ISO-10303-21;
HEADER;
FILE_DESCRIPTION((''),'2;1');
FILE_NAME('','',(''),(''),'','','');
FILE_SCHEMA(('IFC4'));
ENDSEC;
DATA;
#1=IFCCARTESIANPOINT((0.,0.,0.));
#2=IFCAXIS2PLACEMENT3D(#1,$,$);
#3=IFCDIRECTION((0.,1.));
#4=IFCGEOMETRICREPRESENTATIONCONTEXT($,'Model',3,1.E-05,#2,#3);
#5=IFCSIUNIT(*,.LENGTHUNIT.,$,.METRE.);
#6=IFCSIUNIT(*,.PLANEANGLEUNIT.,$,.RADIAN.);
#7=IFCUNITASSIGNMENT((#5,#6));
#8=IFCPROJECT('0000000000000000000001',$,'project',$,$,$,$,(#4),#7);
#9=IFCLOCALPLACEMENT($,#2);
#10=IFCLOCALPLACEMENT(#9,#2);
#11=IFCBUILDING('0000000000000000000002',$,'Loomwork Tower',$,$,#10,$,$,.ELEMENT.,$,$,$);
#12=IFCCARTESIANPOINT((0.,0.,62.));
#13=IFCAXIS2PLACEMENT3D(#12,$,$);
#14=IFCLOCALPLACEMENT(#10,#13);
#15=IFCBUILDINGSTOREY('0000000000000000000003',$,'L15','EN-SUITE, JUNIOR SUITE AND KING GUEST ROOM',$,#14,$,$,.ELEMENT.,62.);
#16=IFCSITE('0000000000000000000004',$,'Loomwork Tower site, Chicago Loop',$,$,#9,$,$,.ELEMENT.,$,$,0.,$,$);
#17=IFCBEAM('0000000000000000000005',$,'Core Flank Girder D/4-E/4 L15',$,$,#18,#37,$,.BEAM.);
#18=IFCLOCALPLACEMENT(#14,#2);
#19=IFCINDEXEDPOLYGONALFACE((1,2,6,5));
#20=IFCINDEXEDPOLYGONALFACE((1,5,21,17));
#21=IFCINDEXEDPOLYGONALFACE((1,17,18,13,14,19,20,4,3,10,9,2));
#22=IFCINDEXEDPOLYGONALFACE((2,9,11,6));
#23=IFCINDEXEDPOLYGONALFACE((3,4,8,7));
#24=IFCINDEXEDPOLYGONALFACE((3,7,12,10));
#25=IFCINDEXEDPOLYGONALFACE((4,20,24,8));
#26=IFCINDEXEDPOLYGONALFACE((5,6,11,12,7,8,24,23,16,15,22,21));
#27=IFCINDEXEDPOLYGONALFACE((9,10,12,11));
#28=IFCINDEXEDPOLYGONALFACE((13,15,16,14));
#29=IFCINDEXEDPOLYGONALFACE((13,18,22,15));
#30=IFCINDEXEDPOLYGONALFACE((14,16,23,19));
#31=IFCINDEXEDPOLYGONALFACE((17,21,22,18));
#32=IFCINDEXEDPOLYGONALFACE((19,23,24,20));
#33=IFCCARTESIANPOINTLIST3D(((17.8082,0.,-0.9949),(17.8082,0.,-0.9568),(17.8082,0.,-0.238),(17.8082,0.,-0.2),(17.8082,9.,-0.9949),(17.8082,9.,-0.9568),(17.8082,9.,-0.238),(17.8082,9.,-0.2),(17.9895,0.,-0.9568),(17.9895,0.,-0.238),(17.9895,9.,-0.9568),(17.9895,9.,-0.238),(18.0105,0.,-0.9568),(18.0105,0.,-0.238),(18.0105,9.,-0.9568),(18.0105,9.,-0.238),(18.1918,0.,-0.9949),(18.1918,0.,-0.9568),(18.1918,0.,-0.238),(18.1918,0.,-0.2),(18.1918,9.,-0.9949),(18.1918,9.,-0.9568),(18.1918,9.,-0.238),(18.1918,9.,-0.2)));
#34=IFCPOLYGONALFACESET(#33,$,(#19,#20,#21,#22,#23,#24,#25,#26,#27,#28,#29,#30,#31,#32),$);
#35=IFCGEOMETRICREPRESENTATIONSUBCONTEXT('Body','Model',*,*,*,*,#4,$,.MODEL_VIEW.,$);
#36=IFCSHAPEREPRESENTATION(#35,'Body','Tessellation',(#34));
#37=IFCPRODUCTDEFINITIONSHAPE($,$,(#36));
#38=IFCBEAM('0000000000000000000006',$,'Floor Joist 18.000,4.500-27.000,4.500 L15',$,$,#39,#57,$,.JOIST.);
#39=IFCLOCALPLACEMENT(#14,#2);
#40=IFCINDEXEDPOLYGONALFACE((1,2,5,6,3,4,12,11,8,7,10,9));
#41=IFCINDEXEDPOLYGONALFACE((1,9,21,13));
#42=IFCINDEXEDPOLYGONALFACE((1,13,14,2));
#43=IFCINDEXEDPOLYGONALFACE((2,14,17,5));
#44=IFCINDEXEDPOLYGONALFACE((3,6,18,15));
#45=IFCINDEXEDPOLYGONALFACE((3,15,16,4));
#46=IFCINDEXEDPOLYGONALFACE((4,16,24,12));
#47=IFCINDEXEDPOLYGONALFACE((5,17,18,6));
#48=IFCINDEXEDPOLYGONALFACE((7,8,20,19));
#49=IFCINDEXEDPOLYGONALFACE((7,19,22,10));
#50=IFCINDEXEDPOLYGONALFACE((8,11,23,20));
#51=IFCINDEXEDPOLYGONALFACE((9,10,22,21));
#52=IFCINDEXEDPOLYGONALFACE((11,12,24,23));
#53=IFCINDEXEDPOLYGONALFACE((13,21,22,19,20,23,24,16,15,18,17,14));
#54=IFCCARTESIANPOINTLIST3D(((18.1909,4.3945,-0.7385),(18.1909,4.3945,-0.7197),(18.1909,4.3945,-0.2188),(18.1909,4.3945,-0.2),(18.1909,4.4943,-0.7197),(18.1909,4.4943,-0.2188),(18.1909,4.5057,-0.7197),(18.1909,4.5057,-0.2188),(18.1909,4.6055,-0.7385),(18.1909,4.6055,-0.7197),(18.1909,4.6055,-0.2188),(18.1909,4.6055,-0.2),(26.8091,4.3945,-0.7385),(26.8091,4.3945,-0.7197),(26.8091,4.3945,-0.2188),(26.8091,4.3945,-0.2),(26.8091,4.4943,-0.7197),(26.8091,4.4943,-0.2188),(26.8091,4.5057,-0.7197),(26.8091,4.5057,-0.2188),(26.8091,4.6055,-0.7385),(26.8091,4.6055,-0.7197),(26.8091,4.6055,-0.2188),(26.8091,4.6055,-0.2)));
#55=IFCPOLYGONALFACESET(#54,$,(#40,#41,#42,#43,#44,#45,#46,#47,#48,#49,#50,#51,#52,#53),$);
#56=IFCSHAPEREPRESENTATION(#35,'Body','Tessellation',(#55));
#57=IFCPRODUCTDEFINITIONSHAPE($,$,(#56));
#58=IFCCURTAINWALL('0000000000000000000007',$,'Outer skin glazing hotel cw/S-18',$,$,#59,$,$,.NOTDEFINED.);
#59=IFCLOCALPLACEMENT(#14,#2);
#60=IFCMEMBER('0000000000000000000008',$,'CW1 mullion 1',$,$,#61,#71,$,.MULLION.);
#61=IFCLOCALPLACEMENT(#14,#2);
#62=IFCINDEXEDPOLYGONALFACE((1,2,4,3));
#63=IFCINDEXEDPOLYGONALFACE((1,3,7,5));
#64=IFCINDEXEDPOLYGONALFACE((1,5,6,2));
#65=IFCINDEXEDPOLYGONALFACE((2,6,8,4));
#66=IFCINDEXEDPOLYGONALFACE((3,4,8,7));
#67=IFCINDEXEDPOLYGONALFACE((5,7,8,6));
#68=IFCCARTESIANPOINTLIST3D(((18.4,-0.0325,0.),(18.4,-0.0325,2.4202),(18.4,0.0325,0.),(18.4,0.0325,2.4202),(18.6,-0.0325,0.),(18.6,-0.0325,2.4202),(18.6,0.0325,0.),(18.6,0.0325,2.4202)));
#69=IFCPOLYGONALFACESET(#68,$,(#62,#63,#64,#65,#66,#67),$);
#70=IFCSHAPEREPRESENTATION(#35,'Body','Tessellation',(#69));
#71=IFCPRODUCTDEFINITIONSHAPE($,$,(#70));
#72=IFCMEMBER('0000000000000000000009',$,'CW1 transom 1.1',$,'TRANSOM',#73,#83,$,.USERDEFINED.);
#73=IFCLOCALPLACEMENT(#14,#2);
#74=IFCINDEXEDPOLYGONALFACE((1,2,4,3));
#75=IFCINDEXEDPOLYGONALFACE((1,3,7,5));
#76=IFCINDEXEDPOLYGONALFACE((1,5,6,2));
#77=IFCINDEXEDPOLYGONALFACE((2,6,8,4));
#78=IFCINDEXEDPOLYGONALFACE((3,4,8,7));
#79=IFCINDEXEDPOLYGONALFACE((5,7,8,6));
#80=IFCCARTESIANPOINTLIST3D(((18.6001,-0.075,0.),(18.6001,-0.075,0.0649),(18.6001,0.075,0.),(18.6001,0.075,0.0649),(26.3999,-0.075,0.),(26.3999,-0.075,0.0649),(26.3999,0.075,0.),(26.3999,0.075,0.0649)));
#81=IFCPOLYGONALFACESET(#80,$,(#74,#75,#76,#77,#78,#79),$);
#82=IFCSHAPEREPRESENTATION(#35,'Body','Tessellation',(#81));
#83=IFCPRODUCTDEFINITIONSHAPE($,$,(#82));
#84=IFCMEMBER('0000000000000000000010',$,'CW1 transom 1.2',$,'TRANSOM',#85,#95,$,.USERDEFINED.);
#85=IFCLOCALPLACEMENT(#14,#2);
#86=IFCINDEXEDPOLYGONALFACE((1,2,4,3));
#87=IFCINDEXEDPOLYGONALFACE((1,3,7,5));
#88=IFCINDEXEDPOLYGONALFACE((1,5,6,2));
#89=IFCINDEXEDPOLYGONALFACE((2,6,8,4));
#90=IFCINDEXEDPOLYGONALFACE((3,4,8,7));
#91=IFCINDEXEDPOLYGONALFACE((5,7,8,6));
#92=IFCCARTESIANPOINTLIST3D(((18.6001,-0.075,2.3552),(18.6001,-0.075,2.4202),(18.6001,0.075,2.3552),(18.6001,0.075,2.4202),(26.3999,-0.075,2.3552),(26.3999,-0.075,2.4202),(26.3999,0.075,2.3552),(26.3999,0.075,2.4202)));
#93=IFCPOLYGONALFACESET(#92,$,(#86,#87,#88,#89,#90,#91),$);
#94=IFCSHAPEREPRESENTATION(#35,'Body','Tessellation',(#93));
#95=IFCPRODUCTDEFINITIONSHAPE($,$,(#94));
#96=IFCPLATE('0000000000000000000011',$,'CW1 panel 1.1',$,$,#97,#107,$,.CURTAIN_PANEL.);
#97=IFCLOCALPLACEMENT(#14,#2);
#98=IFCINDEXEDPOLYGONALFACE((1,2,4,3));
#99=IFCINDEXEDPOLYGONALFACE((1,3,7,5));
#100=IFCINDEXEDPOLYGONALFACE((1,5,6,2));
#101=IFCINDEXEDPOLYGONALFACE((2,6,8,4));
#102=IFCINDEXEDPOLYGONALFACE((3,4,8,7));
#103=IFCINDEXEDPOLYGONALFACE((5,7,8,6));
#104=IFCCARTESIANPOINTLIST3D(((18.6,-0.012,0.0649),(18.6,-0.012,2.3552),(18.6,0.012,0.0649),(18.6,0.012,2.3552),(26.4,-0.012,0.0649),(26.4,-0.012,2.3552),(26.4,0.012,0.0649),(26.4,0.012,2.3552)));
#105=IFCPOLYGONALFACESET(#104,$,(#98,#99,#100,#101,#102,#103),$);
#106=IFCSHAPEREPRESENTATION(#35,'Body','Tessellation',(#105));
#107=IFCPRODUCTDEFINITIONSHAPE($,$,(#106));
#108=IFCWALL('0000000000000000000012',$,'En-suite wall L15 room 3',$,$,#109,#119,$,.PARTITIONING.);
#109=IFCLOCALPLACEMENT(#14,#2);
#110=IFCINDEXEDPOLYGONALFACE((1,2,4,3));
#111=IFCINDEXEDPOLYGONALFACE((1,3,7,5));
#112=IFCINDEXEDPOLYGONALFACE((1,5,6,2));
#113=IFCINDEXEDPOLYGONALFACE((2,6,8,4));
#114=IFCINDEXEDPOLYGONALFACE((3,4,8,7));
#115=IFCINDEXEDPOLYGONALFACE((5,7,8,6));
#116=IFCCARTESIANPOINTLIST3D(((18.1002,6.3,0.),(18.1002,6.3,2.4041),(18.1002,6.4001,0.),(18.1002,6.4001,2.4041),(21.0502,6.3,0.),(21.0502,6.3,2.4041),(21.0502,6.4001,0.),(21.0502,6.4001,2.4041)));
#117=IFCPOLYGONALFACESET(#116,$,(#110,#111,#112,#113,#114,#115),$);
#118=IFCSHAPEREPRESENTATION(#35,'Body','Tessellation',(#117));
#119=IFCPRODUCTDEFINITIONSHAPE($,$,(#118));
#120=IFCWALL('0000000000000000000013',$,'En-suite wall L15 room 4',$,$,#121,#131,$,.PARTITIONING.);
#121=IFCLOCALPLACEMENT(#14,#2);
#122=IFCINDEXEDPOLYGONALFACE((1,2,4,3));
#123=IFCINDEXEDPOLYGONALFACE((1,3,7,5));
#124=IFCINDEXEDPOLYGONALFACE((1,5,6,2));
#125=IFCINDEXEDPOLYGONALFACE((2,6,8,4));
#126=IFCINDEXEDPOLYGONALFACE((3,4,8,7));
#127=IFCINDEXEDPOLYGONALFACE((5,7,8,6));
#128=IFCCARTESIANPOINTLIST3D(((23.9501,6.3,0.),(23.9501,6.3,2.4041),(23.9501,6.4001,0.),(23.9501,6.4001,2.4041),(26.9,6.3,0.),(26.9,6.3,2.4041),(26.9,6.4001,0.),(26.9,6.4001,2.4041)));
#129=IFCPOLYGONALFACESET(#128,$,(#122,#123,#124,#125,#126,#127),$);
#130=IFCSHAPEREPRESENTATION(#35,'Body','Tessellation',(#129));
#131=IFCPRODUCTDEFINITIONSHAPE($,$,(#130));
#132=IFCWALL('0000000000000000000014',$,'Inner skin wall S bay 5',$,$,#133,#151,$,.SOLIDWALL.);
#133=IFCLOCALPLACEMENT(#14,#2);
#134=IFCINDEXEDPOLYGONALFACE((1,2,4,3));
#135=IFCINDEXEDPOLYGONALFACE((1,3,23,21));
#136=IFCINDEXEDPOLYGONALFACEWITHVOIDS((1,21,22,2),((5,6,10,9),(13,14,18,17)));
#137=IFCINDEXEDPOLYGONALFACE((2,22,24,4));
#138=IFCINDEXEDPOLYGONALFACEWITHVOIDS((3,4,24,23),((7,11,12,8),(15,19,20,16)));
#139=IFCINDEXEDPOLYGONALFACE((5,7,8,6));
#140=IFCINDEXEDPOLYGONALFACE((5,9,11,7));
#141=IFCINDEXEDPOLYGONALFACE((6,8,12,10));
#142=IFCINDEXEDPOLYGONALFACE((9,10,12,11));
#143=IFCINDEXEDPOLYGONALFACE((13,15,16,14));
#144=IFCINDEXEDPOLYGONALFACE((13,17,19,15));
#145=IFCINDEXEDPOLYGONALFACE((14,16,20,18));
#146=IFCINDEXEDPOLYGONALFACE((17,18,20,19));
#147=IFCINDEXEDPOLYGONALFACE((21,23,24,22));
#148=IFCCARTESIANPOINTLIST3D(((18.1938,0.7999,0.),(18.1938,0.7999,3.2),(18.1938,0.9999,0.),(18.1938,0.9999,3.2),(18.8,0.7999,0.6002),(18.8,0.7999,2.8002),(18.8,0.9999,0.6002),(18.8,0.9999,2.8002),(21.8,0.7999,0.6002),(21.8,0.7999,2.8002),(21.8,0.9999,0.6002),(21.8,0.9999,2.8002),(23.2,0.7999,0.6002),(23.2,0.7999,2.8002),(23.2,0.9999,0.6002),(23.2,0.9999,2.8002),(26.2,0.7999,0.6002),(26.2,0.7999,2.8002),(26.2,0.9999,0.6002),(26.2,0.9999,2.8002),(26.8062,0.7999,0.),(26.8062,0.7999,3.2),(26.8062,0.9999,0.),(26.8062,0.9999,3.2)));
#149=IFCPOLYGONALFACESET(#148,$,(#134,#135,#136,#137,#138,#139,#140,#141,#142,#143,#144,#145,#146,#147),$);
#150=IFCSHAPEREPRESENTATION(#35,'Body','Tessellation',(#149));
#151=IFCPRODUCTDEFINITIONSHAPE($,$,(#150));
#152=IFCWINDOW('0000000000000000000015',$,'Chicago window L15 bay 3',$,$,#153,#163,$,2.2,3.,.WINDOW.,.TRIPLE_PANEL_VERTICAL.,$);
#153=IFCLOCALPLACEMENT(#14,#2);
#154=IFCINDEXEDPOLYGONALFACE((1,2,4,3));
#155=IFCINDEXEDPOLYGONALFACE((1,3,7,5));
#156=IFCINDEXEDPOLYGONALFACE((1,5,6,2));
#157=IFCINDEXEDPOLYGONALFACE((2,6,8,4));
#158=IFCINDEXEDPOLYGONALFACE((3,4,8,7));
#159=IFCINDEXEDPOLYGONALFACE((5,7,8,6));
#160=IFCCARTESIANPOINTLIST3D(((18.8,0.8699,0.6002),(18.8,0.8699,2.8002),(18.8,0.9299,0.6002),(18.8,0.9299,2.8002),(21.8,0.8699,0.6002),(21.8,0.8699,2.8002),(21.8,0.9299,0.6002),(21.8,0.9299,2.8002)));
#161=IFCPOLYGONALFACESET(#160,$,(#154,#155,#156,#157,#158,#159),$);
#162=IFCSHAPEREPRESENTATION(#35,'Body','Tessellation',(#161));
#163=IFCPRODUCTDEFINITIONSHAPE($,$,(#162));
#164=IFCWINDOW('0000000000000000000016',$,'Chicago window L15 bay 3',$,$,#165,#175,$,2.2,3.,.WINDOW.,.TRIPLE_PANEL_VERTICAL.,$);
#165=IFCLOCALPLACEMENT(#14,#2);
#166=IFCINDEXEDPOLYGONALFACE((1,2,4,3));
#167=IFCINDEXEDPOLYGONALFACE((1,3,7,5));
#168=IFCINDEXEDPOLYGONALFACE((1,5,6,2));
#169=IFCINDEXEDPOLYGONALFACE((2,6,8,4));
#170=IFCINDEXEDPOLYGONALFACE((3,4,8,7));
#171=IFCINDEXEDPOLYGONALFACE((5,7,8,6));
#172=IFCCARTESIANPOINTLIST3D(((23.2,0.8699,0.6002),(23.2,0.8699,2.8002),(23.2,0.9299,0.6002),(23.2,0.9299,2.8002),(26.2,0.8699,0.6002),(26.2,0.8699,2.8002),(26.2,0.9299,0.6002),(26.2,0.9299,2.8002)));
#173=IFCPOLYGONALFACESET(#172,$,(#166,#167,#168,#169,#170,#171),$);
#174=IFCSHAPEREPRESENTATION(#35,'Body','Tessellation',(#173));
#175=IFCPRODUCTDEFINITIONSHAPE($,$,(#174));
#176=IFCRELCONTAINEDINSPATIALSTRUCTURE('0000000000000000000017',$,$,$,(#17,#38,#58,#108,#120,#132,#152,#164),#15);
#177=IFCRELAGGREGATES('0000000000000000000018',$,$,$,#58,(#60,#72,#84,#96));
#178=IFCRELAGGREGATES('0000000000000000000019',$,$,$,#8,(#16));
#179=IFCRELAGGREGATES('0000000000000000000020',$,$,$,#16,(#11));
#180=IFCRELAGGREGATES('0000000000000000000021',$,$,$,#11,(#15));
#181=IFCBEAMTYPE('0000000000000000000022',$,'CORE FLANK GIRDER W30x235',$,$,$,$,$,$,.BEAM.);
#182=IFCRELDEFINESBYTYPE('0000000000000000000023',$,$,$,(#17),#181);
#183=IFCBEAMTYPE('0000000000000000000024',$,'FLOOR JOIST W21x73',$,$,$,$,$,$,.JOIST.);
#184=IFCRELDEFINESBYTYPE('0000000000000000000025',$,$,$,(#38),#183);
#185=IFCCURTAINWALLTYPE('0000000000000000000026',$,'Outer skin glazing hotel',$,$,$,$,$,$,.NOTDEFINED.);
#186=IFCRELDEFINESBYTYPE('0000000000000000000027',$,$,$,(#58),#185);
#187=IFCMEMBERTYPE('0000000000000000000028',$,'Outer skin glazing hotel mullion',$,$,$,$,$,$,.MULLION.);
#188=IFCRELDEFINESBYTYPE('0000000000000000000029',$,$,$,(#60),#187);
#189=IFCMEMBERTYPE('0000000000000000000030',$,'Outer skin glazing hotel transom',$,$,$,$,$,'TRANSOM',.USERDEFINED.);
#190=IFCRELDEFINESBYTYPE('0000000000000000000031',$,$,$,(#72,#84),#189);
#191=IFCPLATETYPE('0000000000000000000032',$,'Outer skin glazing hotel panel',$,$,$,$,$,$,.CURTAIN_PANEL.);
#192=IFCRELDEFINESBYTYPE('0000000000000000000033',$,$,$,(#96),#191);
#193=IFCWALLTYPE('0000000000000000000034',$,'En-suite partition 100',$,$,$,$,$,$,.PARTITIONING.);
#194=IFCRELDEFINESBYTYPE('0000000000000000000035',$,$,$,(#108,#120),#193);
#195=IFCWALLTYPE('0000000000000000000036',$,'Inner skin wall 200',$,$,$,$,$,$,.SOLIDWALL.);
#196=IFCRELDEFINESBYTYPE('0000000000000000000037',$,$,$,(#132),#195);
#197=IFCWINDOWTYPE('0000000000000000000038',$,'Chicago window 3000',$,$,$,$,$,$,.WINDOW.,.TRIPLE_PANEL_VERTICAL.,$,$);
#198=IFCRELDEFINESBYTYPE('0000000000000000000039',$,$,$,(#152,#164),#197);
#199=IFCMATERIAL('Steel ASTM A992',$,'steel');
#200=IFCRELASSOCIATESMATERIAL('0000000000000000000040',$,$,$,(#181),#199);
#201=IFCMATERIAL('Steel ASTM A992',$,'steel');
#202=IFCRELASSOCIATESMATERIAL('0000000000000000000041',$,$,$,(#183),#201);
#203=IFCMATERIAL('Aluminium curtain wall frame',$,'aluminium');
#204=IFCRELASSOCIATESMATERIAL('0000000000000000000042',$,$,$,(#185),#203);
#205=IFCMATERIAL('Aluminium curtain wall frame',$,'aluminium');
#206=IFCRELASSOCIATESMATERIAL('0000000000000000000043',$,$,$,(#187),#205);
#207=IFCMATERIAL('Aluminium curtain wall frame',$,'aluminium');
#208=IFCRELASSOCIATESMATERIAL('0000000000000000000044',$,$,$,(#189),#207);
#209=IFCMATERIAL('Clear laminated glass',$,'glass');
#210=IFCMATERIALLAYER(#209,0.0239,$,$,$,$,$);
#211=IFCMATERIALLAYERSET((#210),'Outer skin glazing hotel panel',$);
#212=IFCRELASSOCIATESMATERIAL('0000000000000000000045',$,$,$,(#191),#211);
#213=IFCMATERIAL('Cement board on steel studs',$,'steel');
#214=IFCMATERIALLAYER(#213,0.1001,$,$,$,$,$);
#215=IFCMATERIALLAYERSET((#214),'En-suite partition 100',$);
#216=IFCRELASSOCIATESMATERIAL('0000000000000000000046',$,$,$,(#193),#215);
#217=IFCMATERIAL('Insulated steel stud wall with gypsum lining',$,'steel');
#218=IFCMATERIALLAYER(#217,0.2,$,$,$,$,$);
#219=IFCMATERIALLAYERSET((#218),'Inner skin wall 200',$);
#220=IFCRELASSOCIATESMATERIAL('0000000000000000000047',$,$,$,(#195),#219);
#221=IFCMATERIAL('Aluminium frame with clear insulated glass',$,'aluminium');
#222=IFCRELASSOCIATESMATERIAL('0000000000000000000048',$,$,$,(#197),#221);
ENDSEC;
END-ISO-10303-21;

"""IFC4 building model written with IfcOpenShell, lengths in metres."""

from ifc_helpers import new_model, si_unit, direction, frame, frame_2d, origin, origin_2d, place, context, subcontext, project, spatial, rectangle, i_section, extrude, material, layer, layer_set, material_profile, profile_set, type_object, element, fill, aggregate, save


model = new_model("IFC4")

# Units and contexts
model_context = context("Model", 3, precision=1e-05, world=origin(), true_north=direction((0.0, 1.0)))
body_context = subcontext(model_context, "Body", "Model", "MODEL_VIEW")
ifc_project = project(units=[si_unit("LENGTHUNIT", "METRE"), si_unit("PLANEANGLEUNIT", "RADIAN")], contexts=[model_context])

# Site, building, storey
site_placement = place(None, origin())
site = spatial("IfcSite", under=ifc_project, at=site_placement, Name="Loomwork Tower site, Chicago Loop", CompositionType="ELEMENT", RefElevation=0.0)
building_placement = place(site_placement, origin())
building = spatial("IfcBuilding", under=site, at=building_placement, Name="Loomwork Tower", CompositionType="ELEMENT")
storey_placement = place(building_placement, frame((0.0, 0.0, 62.0)))
storey = spatial("IfcBuildingStorey", under=building, at=storey_placement, Name="L15", Description="EN-SUITE, JUNIOR SUITE AND KING GUEST ROOM", CompositionType="ELEMENT", Elevation=62.0)

# Beams
ifc_material_1 = material(Name="Steel ASTM A992", Category="steel")
ifc_material_profile_1 = material_profile(ifc_material_1, i_section(OverallWidth=0.3835, OverallDepth=0.7949, WebThickness=0.021, FlangeThickness=0.0381, at=origin_2d()), Name="W30x235")
ifc_profile_set_1 = profile_set([ifc_material_profile_1], Name="Steel ASTM A992")
beam_type_1 = type_object("IfcBeamType", Name="CORE FLANK GIRDER W30x235", PredefinedType="BEAM", material=ifc_profile_set_1)
beam_1_placement = place(storey_placement, frame((18.0, 0.0, -0.5974), z_axis=(0.0, 1.0, 0.0), x_axis=(-1.0, 0.0, 0.0)))
element("IfcBeam", 1, at=beam_1_placement, inside=storey, type_object=beam_type_1, Name="Core Flank Girder D/4-E/4 L15", PredefinedType="BEAM", context=body_context, shape_type="SweptSolid", body=[
    extrude(i_section(OverallWidth=0.3835, OverallDepth=0.7949, WebThickness=0.021, FlangeThickness=0.0381, at=origin_2d()), origin(), (0.0, 0.0, 1.0), 9.0),
])
ifc_material_2 = material(Name="Steel ASTM A992", Category="steel")
ifc_material_profile_2 = material_profile(ifc_material_2, i_section(OverallWidth=0.2109, OverallDepth=0.5386, WebThickness=0.0115, FlangeThickness=0.0188, at=origin_2d()), Name="W21x73")
ifc_profile_set_2 = profile_set([ifc_material_profile_2], Name="Steel ASTM A992")
beam_type_2 = type_object("IfcBeamType", Name="FLOOR JOIST W21x73", PredefinedType="JOIST", material=ifc_profile_set_2)
beam_2_placement = place(storey_placement, frame((18.1909, 4.5, -0.4692), z_axis=(1.0, 0.0, 0.0), x_axis=(0.0, 1.0, 0.0)))
element("IfcBeam", 2, at=beam_2_placement, inside=storey, type_object=beam_type_2, Name="Floor Joist 18.000,4.500-27.000,4.500 L15", PredefinedType="JOIST", context=body_context, shape_type="SweptSolid", body=[
    extrude(i_section(OverallWidth=0.2109, OverallDepth=0.5386, WebThickness=0.0115, FlangeThickness=0.0188, at=origin_2d()), origin(), (0.0, 0.0, 1.0), 8.6182),
])

# Curtain wall, members, plate
ifc_material_3 = material(Name="Aluminium curtain wall frame", Category="aluminium")
curtain_wall_type = type_object("IfcCurtainWallType", Name="Outer skin glazing hotel", PredefinedType="NOTDEFINED", material=ifc_material_3)
curtain_wall_placement = place(storey_placement, origin())
curtain_wall = element("IfcCurtainWall", 3, at=curtain_wall_placement, inside=storey, type_object=curtain_wall_type, Name="Outer skin glazing hotel cw/S-18", PredefinedType="NOTDEFINED")
ifc_material_4 = material(Name="Aluminium curtain wall frame", Category="aluminium")
ifc_material_profile_3 = material_profile(ifc_material_4, rectangle(XDim=0.0649, YDim=0.2, at=origin_2d()), Name="AL 65x200")
ifc_profile_set_3 = profile_set([ifc_material_profile_3], Name="Aluminium curtain wall frame")
member_type_1 = type_object("IfcMemberType", Name="Outer skin glazing hotel mullion", PredefinedType="MULLION", material=ifc_profile_set_3)
member_1_placement = place(storey_placement, frame((18.5, 0.0, 0.0), z_axis=(0.0, 0.0, 1.0), x_axis=(0.0, 1.0, 0.0)))
member_1 = element("IfcMember", 4, at=member_1_placement, type_object=member_type_1, Name="CW1 mullion 1", PredefinedType="MULLION", context=body_context, shape_type="SweptSolid", body=[
    extrude(rectangle(XDim=0.0649, YDim=0.2, at=origin_2d()), origin(), (0.0, 0.0, 1.0), 2.4202),
])
ifc_material_5 = material(Name="Aluminium curtain wall frame", Category="aluminium")
ifc_material_profile_4 = material_profile(ifc_material_5, rectangle(XDim=0.1499, YDim=0.0649, at=origin_2d()), Name="AL 65x150")
ifc_profile_set_4 = profile_set([ifc_material_profile_4], Name="Aluminium curtain wall frame")
member_type_2 = type_object("IfcMemberType", Name="Outer skin glazing hotel transom", ElementType="TRANSOM", PredefinedType="USERDEFINED", material=ifc_profile_set_4)
member_2_placement = place(storey_placement, frame((18.6001, 0.0, 0.0325), z_axis=(1.0, 0.0, 0.0), x_axis=(0.0, 1.0, 0.0)))
member_2 = element("IfcMember", 5, at=member_2_placement, type_object=member_type_2, Name="CW1 transom 1.1", ObjectType="TRANSOM", PredefinedType="USERDEFINED", context=body_context, shape_type="SweptSolid", body=[
    extrude(rectangle(XDim=0.1499, YDim=0.0649, at=origin_2d()), origin(), (0.0, 0.0, 1.0), 7.7998),
])
member_3_placement = place(storey_placement, frame((18.6001, 0.0, 2.3877), z_axis=(1.0, 0.0, 0.0), x_axis=(0.0, 1.0, 0.0)))
member_3 = element("IfcMember", 6, at=member_3_placement, type_object=member_type_2, Name="CW1 transom 1.2", ObjectType="TRANSOM", PredefinedType="USERDEFINED", context=body_context, shape_type="SweptSolid", body=[
    extrude(rectangle(XDim=0.1499, YDim=0.0649, at=origin_2d()), origin(), (0.0, 0.0, 1.0), 7.7998),
])
ifc_material_6 = material(Name="Clear laminated glass", Category="glass")
ifc_layer_1 = layer(ifc_material_6, 0.0239)
ifc_layer_set_1 = layer_set([ifc_layer_1], Name="Outer skin glazing hotel panel")
plate_type = type_object("IfcPlateType", Name="Outer skin glazing hotel panel", PredefinedType="CURTAIN_PANEL", material=ifc_layer_set_1)
plate_placement = place(storey_placement, frame((22.5, 0.0, 0.0649), z_axis=(0.0, 0.0, 1.0), x_axis=(1.0, 0.0, 0.0)))
plate = element("IfcPlate", 7, at=plate_placement, type_object=plate_type, Name="CW1 panel 1.1", PredefinedType="CURTAIN_PANEL", context=body_context, shape_type="SweptSolid", body=[
    extrude(rectangle(XDim=7.8, YDim=0.0239, at=origin_2d()), origin(), (0.0, 0.0, 1.0), 2.2903),
])
aggregate(curtain_wall, [member_1, member_2, member_3, plate])

# Walls
ifc_material_7 = material(Name="Cement board on steel studs", Category="steel")
ifc_layer_2 = layer(ifc_material_7, 0.1001)
ifc_layer_set_2 = layer_set([ifc_layer_2], Name="En-suite partition 100")
wall_type_1 = type_object("IfcWallType", Name="En-suite partition 100", PredefinedType="PARTITIONING", material=ifc_layer_set_2)
for number, where, z_axis, x_axis, name in (
    (8, (18.1001, 6.3501, 0.0), (0.0, 0.0, 1.0), (1.0, 0.0, 0.0), "En-suite wall L15 room 3"),
    (9, (23.95, 6.3501, 0.0), (0.0, 0.0, 1.0), (1.0, 0.0, 0.0), "En-suite wall L15 room 4"),
):
    element("IfcWall", number, at=place(storey_placement, frame(where, z_axis=z_axis, x_axis=x_axis)), inside=storey, type_object=wall_type_1, Name=name, PredefinedType="PARTITIONING", context=body_context, shape_type="SweptSolid", body=[
        extrude(rectangle(XDim=2.95, YDim=0.1001, at=frame_2d((1.4751, 0.0))), origin(), (0.0, 0.0, 1.0), 2.4041),
    ])

# Wall, openings, windows
ifc_material_8 = material(Name="Insulated steel stud wall with gypsum lining", Category="steel")
ifc_layer_3 = layer(ifc_material_8, 0.2)
ifc_layer_set_3 = layer_set([ifc_layer_3], Name="Inner skin wall 200")
wall_type_2 = type_object("IfcWallType", Name="Inner skin wall 200", PredefinedType="SOLIDWALL", material=ifc_layer_set_3)
wall_placement = place(storey_placement, frame((18.1938, 0.8999, 0.0), z_axis=(0.0, 0.0, 1.0), x_axis=(1.0, 0.0, 0.0)))
wall = element("IfcWall", 10, at=wall_placement, inside=storey, type_object=wall_type_2, Name="Inner skin wall S bay 5", PredefinedType="SOLIDWALL", context=body_context, shape_type="SweptSolid", body=[
    extrude(rectangle(XDim=8.6123, YDim=0.2, at=frame_2d((4.3062, 0.0))), origin(), (0.0, 0.0, 1.0), 3.2),
])
opening_1_placement = place(wall_placement, frame((0.6062, 0.0, 0.6001)))
opening_1 = element("IfcOpeningElement", 11, at=opening_1_placement, cuts=wall, PredefinedType="OPENING", context=body_context, shape_type="SweptSolid", body=[
    extrude(rectangle(XDim=3.0, YDim=2.2, at=frame_2d((1.5, 1.1001))), frame((0.0, 0.1099, 0.0), z_axis=(0.0, -1.0, 0.0), x_axis=(1.0, 0.0, 0.0)), (0.0, 0.0, 1.0), 0.22),
])
opening_2_placement = place(wall_placement, frame((5.0061, 0.0, 0.6001)))
opening_2 = element("IfcOpeningElement", 12, at=opening_2_placement, cuts=wall, PredefinedType="OPENING", context=body_context, shape_type="SweptSolid", body=[
    extrude(rectangle(XDim=3.0, YDim=2.2, at=frame_2d((1.5, 1.1001))), frame((0.0, 0.1099, 0.0), z_axis=(0.0, -1.0, 0.0), x_axis=(1.0, 0.0, 0.0)), (0.0, 0.0, 1.0), 0.22),
])
ifc_material_9 = material(Name="Aluminium frame with clear insulated glass", Category="aluminium")
window_type = type_object("IfcWindowType", Name="Chicago window 3000", PartitioningType="TRIPLE_PANEL_VERTICAL", PredefinedType="WINDOW", material=ifc_material_9)
window_1_placement = place(opening_1_placement, origin())
window_1 = element("IfcWindow", 13, at=window_1_placement, inside=storey, type_object=window_type, Name="Chicago window L15 bay 3", OverallHeight=2.2, OverallWidth=3.0, PartitioningType="TRIPLE_PANEL_VERTICAL", PredefinedType="WINDOW", context=body_context, shape_type="SweptSolid", body=[
    extrude(rectangle(XDim=3.0, YDim=2.2, at=frame_2d((1.5, 1.1001))), frame((0.0, 0.03, 0.0), z_axis=(0.0, -1.0, 0.0), x_axis=(1.0, 0.0, 0.0)), (0.0, 0.0, 1.0), 0.0601),
])
fill(opening_1, window_1)
window_2_placement = place(opening_2_placement, origin())
window_2 = element("IfcWindow", 14, at=window_2_placement, inside=storey, type_object=window_type, Name="Chicago window L15 bay 3", OverallHeight=2.2, OverallWidth=3.0, PartitioningType="TRIPLE_PANEL_VERTICAL", PredefinedType="WINDOW", context=body_context, shape_type="SweptSolid", body=[
    extrude(rectangle(XDim=3.0, YDim=2.2, at=frame_2d((1.5, 1.1001))), frame((0.0, 0.03, 0.0), z_axis=(0.0, -1.0, 0.0), x_axis=(1.0, 0.0, 0.0)), (0.0, 0.0, 1.0), 0.0601),
])
fill(opening_2, window_2)

save(model, "model.ifc")
